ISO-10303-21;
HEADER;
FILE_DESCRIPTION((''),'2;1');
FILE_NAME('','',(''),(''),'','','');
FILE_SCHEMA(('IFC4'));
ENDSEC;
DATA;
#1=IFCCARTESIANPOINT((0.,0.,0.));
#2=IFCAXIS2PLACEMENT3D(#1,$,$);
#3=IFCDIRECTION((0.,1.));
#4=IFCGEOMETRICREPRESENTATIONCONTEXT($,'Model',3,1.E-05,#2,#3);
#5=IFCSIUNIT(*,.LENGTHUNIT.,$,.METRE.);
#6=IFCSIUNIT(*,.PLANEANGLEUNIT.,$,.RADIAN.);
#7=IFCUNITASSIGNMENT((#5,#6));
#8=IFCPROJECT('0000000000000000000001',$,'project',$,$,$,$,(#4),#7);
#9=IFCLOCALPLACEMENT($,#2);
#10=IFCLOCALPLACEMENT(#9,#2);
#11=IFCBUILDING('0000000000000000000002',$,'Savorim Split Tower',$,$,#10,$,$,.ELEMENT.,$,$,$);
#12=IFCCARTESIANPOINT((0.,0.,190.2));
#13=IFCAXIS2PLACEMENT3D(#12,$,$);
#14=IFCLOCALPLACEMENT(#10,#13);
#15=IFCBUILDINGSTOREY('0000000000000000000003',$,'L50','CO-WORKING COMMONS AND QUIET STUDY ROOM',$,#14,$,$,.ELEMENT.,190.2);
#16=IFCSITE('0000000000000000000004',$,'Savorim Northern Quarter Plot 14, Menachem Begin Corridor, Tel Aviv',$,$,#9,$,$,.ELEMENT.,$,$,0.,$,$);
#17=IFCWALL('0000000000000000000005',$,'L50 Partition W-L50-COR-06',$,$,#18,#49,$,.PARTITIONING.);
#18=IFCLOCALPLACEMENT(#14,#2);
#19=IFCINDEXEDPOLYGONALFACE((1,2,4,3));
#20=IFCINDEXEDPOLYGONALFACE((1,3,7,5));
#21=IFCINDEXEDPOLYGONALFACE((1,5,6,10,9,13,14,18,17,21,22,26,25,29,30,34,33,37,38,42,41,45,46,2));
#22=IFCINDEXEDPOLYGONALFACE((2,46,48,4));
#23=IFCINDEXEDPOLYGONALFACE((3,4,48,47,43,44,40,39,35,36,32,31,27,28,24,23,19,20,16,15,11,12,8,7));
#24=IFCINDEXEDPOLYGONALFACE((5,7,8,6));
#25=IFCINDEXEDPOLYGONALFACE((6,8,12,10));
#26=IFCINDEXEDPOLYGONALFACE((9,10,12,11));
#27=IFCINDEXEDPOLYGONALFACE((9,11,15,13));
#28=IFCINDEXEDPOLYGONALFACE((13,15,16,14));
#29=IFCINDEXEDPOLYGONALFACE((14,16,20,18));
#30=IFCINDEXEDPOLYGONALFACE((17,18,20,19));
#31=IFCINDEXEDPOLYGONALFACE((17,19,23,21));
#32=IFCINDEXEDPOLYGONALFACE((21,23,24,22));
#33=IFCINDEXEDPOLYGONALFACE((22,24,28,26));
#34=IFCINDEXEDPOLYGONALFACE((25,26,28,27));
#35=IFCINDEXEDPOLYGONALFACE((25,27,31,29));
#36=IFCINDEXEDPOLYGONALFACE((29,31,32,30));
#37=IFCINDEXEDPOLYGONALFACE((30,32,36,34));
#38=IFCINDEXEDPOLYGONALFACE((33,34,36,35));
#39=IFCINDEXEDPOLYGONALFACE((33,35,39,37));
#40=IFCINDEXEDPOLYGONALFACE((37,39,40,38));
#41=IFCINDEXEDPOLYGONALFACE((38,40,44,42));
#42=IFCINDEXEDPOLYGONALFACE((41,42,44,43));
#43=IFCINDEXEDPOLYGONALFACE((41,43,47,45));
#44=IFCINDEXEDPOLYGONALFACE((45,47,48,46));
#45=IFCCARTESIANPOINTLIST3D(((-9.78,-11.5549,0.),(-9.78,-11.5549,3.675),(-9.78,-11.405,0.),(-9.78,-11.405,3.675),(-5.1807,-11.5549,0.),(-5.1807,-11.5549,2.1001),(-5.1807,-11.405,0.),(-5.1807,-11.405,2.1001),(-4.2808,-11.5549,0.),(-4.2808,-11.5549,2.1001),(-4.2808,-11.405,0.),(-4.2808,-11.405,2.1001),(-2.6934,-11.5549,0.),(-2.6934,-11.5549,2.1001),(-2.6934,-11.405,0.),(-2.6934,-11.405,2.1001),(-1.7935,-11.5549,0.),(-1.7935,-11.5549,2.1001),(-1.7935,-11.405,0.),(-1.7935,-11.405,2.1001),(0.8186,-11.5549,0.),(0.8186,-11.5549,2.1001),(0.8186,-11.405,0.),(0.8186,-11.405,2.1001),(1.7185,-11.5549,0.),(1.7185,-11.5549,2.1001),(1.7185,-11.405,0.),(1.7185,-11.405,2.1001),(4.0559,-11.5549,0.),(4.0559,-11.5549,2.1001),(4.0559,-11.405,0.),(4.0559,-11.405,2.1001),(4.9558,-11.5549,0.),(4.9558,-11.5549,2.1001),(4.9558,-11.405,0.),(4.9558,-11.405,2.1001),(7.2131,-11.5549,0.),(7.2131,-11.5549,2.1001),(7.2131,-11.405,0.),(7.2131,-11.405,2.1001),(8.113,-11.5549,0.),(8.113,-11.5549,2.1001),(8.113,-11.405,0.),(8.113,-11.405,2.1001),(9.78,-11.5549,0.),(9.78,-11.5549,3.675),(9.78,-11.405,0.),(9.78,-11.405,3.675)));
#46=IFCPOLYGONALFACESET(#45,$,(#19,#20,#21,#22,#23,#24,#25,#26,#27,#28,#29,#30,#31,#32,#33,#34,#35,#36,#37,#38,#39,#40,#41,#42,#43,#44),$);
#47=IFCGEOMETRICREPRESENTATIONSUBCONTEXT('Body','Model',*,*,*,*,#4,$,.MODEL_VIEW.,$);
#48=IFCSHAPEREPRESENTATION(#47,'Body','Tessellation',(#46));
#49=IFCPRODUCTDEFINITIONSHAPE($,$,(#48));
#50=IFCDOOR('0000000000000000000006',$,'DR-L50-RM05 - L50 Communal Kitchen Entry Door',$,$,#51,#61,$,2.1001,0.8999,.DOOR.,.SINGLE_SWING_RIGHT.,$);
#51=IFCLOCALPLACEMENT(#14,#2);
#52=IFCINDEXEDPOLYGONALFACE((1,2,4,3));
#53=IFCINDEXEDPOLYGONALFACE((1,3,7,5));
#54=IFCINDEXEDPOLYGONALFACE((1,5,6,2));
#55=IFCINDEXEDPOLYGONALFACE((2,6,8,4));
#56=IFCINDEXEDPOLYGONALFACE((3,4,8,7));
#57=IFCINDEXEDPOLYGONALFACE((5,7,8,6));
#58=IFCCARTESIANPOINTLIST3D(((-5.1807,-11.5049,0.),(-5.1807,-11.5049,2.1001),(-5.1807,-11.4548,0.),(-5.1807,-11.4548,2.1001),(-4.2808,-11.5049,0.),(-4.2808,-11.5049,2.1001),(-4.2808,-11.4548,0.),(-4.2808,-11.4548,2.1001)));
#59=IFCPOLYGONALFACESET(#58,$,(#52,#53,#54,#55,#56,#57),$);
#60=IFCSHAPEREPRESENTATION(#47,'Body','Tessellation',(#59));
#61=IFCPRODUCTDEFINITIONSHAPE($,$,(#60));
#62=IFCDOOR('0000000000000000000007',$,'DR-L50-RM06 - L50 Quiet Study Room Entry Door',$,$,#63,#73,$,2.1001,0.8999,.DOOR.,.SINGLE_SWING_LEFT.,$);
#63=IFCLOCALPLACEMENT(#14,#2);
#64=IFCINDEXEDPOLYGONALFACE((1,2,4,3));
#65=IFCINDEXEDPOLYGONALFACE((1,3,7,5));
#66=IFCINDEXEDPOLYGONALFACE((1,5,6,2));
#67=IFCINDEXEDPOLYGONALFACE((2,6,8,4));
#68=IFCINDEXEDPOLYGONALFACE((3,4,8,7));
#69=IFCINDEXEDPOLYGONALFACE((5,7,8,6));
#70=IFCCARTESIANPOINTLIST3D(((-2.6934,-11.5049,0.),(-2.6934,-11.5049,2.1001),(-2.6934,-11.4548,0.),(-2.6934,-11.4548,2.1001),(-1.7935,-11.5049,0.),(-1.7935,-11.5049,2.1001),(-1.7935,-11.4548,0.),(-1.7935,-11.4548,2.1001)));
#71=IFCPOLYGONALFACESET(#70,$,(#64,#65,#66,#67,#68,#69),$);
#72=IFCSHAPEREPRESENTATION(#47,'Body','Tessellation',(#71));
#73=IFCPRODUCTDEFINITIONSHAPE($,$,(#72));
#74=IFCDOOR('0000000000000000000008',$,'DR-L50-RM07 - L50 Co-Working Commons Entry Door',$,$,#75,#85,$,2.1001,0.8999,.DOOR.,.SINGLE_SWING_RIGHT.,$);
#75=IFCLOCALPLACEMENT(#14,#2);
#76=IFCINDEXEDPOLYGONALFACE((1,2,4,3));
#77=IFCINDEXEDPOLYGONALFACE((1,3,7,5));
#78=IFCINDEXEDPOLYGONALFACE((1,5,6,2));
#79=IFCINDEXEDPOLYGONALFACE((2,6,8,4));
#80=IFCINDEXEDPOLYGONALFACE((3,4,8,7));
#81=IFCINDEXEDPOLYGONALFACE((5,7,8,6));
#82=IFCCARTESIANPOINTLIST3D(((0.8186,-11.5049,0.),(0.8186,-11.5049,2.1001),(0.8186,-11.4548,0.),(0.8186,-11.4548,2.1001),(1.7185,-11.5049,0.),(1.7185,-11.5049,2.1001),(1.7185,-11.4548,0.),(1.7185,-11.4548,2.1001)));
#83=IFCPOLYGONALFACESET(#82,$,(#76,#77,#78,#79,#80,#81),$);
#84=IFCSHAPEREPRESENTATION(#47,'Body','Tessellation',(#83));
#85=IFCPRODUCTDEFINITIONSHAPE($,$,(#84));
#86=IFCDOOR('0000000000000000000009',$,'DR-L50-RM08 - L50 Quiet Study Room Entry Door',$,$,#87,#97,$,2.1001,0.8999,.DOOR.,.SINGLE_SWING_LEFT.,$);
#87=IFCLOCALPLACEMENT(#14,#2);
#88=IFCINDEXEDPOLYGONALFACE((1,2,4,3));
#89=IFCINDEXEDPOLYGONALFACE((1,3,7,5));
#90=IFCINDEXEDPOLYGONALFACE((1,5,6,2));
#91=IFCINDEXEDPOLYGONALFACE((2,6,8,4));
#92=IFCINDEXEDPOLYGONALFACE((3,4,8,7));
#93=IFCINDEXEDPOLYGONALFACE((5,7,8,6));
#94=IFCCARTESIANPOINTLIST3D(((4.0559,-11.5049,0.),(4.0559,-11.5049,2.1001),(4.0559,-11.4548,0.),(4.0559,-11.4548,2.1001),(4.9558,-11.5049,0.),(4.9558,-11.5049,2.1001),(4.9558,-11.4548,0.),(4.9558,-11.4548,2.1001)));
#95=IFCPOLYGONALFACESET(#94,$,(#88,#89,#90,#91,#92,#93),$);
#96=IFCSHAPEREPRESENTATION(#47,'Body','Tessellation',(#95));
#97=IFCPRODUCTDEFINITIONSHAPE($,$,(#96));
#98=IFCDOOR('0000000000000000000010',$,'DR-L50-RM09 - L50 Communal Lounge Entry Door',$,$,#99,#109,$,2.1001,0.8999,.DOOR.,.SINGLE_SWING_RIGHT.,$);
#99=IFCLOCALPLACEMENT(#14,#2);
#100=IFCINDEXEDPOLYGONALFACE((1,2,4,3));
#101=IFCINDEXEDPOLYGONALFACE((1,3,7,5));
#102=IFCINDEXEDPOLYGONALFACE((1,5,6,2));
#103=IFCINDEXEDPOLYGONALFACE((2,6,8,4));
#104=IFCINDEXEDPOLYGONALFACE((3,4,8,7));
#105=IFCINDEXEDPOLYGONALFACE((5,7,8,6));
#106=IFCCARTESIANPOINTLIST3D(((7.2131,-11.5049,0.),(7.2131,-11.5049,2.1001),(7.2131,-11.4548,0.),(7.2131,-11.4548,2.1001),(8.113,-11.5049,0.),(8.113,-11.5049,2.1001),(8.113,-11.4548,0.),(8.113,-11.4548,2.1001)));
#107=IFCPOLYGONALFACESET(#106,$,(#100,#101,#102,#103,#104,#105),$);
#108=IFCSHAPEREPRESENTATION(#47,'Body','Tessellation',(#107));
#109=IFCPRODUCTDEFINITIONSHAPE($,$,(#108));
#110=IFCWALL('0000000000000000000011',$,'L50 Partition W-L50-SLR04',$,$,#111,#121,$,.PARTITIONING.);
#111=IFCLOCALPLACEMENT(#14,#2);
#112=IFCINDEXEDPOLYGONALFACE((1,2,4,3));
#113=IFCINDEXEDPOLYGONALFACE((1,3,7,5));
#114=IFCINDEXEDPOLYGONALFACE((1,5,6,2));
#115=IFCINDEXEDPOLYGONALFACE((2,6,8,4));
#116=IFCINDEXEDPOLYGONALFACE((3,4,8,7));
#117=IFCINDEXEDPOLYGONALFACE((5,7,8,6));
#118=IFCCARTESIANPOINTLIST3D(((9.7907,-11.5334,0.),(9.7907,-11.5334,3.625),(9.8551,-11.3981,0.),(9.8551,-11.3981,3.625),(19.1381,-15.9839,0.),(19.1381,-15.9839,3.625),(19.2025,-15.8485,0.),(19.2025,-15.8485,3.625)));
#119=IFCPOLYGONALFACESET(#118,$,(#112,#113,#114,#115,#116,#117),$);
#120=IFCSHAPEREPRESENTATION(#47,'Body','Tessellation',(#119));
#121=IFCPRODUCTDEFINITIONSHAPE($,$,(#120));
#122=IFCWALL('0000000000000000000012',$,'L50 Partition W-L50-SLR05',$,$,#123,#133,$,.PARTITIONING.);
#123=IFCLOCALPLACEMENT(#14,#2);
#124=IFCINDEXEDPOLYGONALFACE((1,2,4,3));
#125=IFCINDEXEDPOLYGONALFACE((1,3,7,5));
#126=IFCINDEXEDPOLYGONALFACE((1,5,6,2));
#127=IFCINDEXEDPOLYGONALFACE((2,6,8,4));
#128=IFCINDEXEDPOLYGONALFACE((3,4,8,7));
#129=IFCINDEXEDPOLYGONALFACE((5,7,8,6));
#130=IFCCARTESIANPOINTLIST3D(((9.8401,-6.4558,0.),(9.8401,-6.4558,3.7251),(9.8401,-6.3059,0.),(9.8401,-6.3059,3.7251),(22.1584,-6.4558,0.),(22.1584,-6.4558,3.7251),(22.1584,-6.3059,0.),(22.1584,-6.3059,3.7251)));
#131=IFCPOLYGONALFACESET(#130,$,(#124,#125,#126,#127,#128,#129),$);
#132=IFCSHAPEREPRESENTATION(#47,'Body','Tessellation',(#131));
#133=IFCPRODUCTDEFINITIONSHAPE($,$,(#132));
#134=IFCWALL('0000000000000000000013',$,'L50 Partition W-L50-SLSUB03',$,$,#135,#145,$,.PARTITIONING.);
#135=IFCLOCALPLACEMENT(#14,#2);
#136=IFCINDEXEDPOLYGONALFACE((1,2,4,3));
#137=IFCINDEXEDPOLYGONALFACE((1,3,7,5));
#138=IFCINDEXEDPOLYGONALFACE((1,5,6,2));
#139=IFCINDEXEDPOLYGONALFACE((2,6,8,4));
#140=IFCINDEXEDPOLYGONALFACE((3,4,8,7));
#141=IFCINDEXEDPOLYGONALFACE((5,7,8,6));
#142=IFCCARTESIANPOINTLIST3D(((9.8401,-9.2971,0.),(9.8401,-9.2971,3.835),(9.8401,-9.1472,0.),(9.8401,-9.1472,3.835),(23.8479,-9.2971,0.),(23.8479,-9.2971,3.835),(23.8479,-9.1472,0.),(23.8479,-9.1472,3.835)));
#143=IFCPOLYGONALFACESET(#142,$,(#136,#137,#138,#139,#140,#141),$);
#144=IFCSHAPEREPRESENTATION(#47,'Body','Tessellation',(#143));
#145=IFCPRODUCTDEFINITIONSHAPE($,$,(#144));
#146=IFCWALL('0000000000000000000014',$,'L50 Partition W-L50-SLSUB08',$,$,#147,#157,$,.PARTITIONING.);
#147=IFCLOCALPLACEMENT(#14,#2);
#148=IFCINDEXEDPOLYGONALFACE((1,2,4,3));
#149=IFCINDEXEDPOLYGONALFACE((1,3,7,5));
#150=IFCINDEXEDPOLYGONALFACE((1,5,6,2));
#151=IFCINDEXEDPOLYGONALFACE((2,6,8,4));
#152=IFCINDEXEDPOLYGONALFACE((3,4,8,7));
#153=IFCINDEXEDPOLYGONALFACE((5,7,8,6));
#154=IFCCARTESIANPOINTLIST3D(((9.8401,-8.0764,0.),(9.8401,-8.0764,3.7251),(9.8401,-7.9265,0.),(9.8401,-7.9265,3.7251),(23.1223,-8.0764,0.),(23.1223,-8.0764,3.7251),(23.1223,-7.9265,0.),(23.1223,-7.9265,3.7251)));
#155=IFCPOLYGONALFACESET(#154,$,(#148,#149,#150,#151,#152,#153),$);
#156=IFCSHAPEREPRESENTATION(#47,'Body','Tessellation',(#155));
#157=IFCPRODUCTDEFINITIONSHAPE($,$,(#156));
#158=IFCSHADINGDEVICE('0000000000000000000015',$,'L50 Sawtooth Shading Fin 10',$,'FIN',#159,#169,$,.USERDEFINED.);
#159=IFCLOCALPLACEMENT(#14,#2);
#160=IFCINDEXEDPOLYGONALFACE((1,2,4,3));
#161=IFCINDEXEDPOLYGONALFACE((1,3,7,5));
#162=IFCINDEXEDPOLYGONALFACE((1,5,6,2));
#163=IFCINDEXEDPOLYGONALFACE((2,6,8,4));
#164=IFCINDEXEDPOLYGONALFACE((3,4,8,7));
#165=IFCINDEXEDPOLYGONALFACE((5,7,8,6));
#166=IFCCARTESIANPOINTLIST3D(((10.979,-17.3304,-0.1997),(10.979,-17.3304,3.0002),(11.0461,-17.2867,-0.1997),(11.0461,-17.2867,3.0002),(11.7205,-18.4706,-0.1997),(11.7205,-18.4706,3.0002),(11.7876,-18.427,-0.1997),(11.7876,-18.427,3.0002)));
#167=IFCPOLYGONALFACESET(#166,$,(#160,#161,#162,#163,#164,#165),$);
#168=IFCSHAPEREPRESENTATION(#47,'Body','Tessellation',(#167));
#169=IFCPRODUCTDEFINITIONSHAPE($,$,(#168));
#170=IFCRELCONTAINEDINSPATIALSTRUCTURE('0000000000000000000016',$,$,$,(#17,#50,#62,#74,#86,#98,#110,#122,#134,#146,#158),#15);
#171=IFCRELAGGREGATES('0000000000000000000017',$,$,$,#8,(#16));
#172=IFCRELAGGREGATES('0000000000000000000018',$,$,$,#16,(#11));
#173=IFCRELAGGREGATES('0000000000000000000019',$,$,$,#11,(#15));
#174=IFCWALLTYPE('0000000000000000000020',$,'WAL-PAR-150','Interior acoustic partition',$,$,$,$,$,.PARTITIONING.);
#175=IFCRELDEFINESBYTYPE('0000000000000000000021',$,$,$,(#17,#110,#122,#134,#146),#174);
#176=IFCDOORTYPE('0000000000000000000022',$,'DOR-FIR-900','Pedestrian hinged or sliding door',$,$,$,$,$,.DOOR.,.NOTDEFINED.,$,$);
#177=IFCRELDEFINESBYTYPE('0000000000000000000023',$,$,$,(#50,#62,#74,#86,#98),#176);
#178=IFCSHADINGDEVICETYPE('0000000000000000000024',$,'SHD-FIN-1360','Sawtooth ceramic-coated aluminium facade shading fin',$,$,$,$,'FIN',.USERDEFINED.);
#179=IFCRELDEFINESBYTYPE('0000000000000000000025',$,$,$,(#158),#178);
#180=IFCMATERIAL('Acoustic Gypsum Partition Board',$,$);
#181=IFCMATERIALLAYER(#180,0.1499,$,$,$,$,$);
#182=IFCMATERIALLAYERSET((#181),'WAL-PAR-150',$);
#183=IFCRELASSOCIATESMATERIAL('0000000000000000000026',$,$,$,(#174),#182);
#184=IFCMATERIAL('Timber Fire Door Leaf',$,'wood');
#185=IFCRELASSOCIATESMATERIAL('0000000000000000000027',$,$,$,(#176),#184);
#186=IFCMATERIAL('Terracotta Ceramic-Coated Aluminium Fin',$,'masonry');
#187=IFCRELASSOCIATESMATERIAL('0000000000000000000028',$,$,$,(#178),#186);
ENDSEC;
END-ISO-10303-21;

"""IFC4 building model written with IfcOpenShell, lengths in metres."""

from ifc_helpers import new_model, si_unit, direction, frame, frame_2d, origin, origin_2d, place, context, subcontext, project, spatial, rectangle, extrude, material, layer, layer_set, type_object, element, fill, save


model = new_model("IFC4")

# Units and contexts
model_context = context("Model", 3, precision=1e-05, world=origin(), true_north=direction((0.0, 1.0)))
body_context = subcontext(model_context, "Body", "Model", "MODEL_VIEW")
ifc_project = project(units=[si_unit("LENGTHUNIT", "METRE"), si_unit("PLANEANGLEUNIT", "RADIAN")], contexts=[model_context])

# Site, building, storey
site_placement = place(None, origin())
site = spatial("IfcSite", under=ifc_project, at=site_placement, Name="Savorim Northern Quarter Plot 14, Menachem Begin Corridor, Tel Aviv", CompositionType="ELEMENT", RefElevation=0.0)
building_placement = place(site_placement, origin())
building = spatial("IfcBuilding", under=site, at=building_placement, Name="Savorim Split Tower", CompositionType="ELEMENT")
storey_placement = place(building_placement, frame((0.0, 0.0, 190.2)))
storey = spatial("IfcBuildingStorey", under=building, at=storey_placement, Name="L50", Description="CO-WORKING COMMONS AND QUIET STUDY ROOM", CompositionType="ELEMENT", Elevation=190.2)

# Wall, openings, doors
ifc_material_1 = material(Name="Acoustic Gypsum Partition Board")
ifc_layer_1 = layer(ifc_material_1, 0.1499)
ifc_layer_set_1 = layer_set([ifc_layer_1], Name="WAL-PAR-150")
wall_type = type_object("IfcWallType", Name="WAL-PAR-150", Description="Interior acoustic partition", PredefinedType="PARTITIONING", material=ifc_layer_set_1)
wall_1_placement = place(storey_placement, frame((9.78, -11.48, 0.0), z_axis=(0.0, 0.0, 1.0), x_axis=(-1.0, 0.0, 0.0)))
wall_1 = element("IfcWall", 1, at=wall_1_placement, inside=storey, type_object=wall_type, Name="L50 Partition W-L50-COR-06", PredefinedType="PARTITIONING", context=body_context, shape_type="SweptSolid", body=[
    extrude(rectangle(XDim=19.5601, YDim=0.1499, at=frame_2d((9.78, 0.0))), origin(), (0.0, 0.0, 1.0), 3.675),
])
opening_1_placement = place(wall_1_placement, frame((14.0608, 0.0, 0.0)))
opening_1 = element("IfcOpeningElement", 2, at=opening_1_placement, cuts=wall_1, PredefinedType="OPENING", context=body_context, shape_type="SweptSolid", body=[
    extrude(rectangle(XDim=0.8999, YDim=2.1001, at=frame_2d((0.45, 1.05))), frame((0.0, 0.085, 0.0), z_axis=(0.0, -1.0, 0.0), x_axis=(1.0, 0.0, 0.0)), (0.0, 0.0, 1.0), 0.1699),
])
opening_2_placement = place(wall_1_placement, frame((11.5735, 0.0, 0.0)))
opening_2 = element("IfcOpeningElement", 3, at=opening_2_placement, cuts=wall_1, PredefinedType="OPENING", context=body_context, shape_type="SweptSolid", body=[
    extrude(rectangle(XDim=0.8999, YDim=2.1001, at=frame_2d((0.45, 1.05))), frame((0.0, 0.085, 0.0), z_axis=(0.0, -1.0, 0.0), x_axis=(1.0, 0.0, 0.0)), (0.0, 0.0, 1.0), 0.1699),
])
opening_3_placement = place(wall_1_placement, frame((8.0615, 0.0, 0.0)))
opening_3 = element("IfcOpeningElement", 4, at=opening_3_placement, cuts=wall_1, PredefinedType="OPENING", context=body_context, shape_type="SweptSolid", body=[
    extrude(rectangle(XDim=0.8999, YDim=2.1001, at=frame_2d((0.45, 1.05))), frame((0.0, 0.085, 0.0), z_axis=(0.0, -1.0, 0.0), x_axis=(1.0, 0.0, 0.0)), (0.0, 0.0, 1.0), 0.1699),
])
opening_4_placement = place(wall_1_placement, frame((4.8242, 0.0, 0.0)))
opening_4 = element("IfcOpeningElement", 5, at=opening_4_placement, cuts=wall_1, PredefinedType="OPENING", context=body_context, shape_type="SweptSolid", body=[
    extrude(rectangle(XDim=0.8999, YDim=2.1001, at=frame_2d((0.45, 1.05))), frame((0.0, 0.085, 0.0), z_axis=(0.0, -1.0, 0.0), x_axis=(1.0, 0.0, 0.0)), (0.0, 0.0, 1.0), 0.1699),
])
opening_5_placement = place(wall_1_placement, frame((1.667, 0.0, 0.0)))
opening_5 = element("IfcOpeningElement", 6, at=opening_5_placement, cuts=wall_1, PredefinedType="OPENING", context=body_context, shape_type="SweptSolid", body=[
    extrude(rectangle(XDim=0.8999, YDim=2.1001, at=frame_2d((0.45, 1.05))), frame((0.0, 0.085, 0.0), z_axis=(0.0, -1.0, 0.0), x_axis=(1.0, 0.0, 0.0)), (0.0, 0.0, 1.0), 0.1699),
])
ifc_material_2 = material(Name="Timber Fire Door Leaf", Category="wood")
door_type = type_object("IfcDoorType", Name="DOR-FIR-900", Description="Pedestrian hinged or sliding door", OperationType="NOTDEFINED", PredefinedType="DOOR", material=ifc_material_2)
door_1_placement = place(opening_1_placement, origin())
door_1 = element("IfcDoor", 7, at=door_1_placement, inside=storey, type_object=door_type, Name="DR-L50-RM05 - L50 Communal Kitchen Entry Door", OperationType="SINGLE_SWING_RIGHT", OverallHeight=2.1001, OverallWidth=0.8999, PredefinedType="DOOR", context=body_context, shape_type="SweptSolid", body=[
    extrude(rectangle(XDim=0.8999, YDim=2.1001, at=frame_2d((0.45, 1.05))), frame((0.0, 0.0249, 0.0), z_axis=(0.0, -1.0, 0.0), x_axis=(1.0, 0.0, 0.0)), (0.0, 0.0, 1.0), 0.05),
])
fill(opening_1, door_1)
door_2_placement = place(opening_2_placement, origin())
door_2 = element("IfcDoor", 8, at=door_2_placement, inside=storey, type_object=door_type, Name="DR-L50-RM06 - L50 Quiet Study Room Entry Door", OperationType="SINGLE_SWING_LEFT", OverallHeight=2.1001, OverallWidth=0.8999, PredefinedType="DOOR", context=body_context, shape_type="SweptSolid", body=[
    extrude(rectangle(XDim=0.8999, YDim=2.1001, at=frame_2d((0.45, 1.05))), frame((0.0, 0.0249, 0.0), z_axis=(0.0, -1.0, 0.0), x_axis=(1.0, 0.0, 0.0)), (0.0, 0.0, 1.0), 0.05),
])
fill(opening_2, door_2)
door_3_placement = place(opening_3_placement, origin())
door_3 = element("IfcDoor", 9, at=door_3_placement, inside=storey, type_object=door_type, Name="DR-L50-RM07 - L50 Co-Working Commons Entry Door", OperationType="SINGLE_SWING_RIGHT", OverallHeight=2.1001, OverallWidth=0.8999, PredefinedType="DOOR", context=body_context, shape_type="SweptSolid", body=[
    extrude(rectangle(XDim=0.8999, YDim=2.1001, at=frame_2d((0.45, 1.05))), frame((0.0, 0.0249, 0.0), z_axis=(0.0, -1.0, 0.0), x_axis=(1.0, 0.0, 0.0)), (0.0, 0.0, 1.0), 0.05),
])
fill(opening_3, door_3)
door_4_placement = place(opening_4_placement, origin())
door_4 = element("IfcDoor", 10, at=door_4_placement, inside=storey, type_object=door_type, Name="DR-L50-RM08 - L50 Quiet Study Room Entry Door", OperationType="SINGLE_SWING_LEFT", OverallHeight=2.1001, OverallWidth=0.8999, PredefinedType="DOOR", context=body_context, shape_type="SweptSolid", body=[
    extrude(rectangle(XDim=0.8999, YDim=2.1001, at=frame_2d((0.45, 1.05))), frame((0.0, 0.0249, 0.0), z_axis=(0.0, -1.0, 0.0), x_axis=(1.0, 0.0, 0.0)), (0.0, 0.0, 1.0), 0.05),
])
fill(opening_4, door_4)
door_5_placement = place(opening_5_placement, origin())
door_5 = element("IfcDoor", 11, at=door_5_placement, inside=storey, type_object=door_type, Name="DR-L50-RM09 - L50 Communal Lounge Entry Door", OperationType="SINGLE_SWING_RIGHT", OverallHeight=2.1001, OverallWidth=0.8999, PredefinedType="DOOR", context=body_context, shape_type="SweptSolid", body=[
    extrude(rectangle(XDim=0.8999, YDim=2.1001, at=frame_2d((0.45, 1.05))), frame((0.0, 0.0249, 0.0), z_axis=(0.0, -1.0, 0.0), x_axis=(1.0, 0.0, 0.0)), (0.0, 0.0, 1.0), 0.05),
])
fill(opening_5, door_5)

# Walls
wall_2_placement = place(storey_placement, frame((9.823, -11.4658, 0.0), z_axis=(0.0, 0.0, 1.0), x_axis=(0.902887, -0.429878, 0.0)))
element("IfcWall", 12, at=wall_2_placement, inside=storey, type_object=wall_type, Name="L50 Partition W-L50-SLR04", PredefinedType="PARTITIONING", context=body_context, shape_type="SweptSolid", body=[
    extrude(rectangle(XDim=10.3528, YDim=0.1499, at=frame_2d((5.1763, 0.0))), origin(), (0.0, 0.0, 1.0), 3.625),
])
wall_3_placement = place(storey_placement, frame((9.8401, -6.3809, 0.0), z_axis=(0.0, 0.0, 1.0), x_axis=(1.0, 0.0, 0.0)))
element("IfcWall", 13, at=wall_3_placement, inside=storey, type_object=wall_type, Name="L50 Partition W-L50-SLR05", PredefinedType="PARTITIONING", context=body_context, shape_type="SweptSolid", body=[
    extrude(rectangle(XDim=12.3184, YDim=0.1499, at=frame_2d((6.1592, 0.0))), origin(), (0.0, 0.0, 1.0), 3.7251),
])
wall_4_placement = place(storey_placement, frame((9.8401, -9.2222, 0.0), z_axis=(0.0, 0.0, 1.0), x_axis=(1.0, 0.0, 0.0)))
element("IfcWall", 14, at=wall_4_placement, inside=storey, type_object=wall_type, Name="L50 Partition W-L50-SLSUB03", PredefinedType="PARTITIONING", context=body_context, shape_type="SweptSolid", body=[
    extrude(rectangle(XDim=14.0078, YDim=0.1499, at=frame_2d((7.0039, 0.0))), origin(), (0.0, 0.0, 1.0), 3.835),
])
wall_5_placement = place(storey_placement, frame((9.8401, -8.0015, 0.0), z_axis=(0.0, 0.0, 1.0), x_axis=(1.0, 0.0, 0.0)))
element("IfcWall", 15, at=wall_5_placement, inside=storey, type_object=wall_type, Name="L50 Partition W-L50-SLSUB08", PredefinedType="PARTITIONING", context=body_context, shape_type="SweptSolid", body=[
    extrude(rectangle(XDim=13.2822, YDim=0.1499, at=frame_2d((6.6411, 0.0))), origin(), (0.0, 0.0, 1.0), 3.7251),
])

# Shading device
ifc_material_3 = material(Name="Terracotta Ceramic-Coated Aluminium Fin", Category="masonry")
shading_device_type = type_object("IfcShadingDeviceType", Name="SHD-FIN-1360", Description="Sawtooth ceramic-coated aluminium facade shading fin", ElementType="FIN", PredefinedType="USERDEFINED", material=ifc_material_3)
for number, where, z_axis, x_axis, name in (
    (16, (11.3833, -17.8787, -0.1997), (0.0, 0.0, 1.0), (0.545148, -0.83834, 0.0), "L50 Sawtooth Shading Fin 10"),
):
    element("IfcShadingDevice", number, at=place(storey_placement, frame(where, z_axis=z_axis, x_axis=x_axis)), inside=storey, type_object=shading_device_type, Name=name, ObjectType="FIN", PredefinedType="USERDEFINED", context=body_context, shape_type="SweptSolid", body=[
        extrude(rectangle(XDim=1.3601, YDim=0.0801, at=origin_2d()), origin(), (0.0, 0.0, 1.0), 3.2),
    ])

save(model, "model.ifc")
